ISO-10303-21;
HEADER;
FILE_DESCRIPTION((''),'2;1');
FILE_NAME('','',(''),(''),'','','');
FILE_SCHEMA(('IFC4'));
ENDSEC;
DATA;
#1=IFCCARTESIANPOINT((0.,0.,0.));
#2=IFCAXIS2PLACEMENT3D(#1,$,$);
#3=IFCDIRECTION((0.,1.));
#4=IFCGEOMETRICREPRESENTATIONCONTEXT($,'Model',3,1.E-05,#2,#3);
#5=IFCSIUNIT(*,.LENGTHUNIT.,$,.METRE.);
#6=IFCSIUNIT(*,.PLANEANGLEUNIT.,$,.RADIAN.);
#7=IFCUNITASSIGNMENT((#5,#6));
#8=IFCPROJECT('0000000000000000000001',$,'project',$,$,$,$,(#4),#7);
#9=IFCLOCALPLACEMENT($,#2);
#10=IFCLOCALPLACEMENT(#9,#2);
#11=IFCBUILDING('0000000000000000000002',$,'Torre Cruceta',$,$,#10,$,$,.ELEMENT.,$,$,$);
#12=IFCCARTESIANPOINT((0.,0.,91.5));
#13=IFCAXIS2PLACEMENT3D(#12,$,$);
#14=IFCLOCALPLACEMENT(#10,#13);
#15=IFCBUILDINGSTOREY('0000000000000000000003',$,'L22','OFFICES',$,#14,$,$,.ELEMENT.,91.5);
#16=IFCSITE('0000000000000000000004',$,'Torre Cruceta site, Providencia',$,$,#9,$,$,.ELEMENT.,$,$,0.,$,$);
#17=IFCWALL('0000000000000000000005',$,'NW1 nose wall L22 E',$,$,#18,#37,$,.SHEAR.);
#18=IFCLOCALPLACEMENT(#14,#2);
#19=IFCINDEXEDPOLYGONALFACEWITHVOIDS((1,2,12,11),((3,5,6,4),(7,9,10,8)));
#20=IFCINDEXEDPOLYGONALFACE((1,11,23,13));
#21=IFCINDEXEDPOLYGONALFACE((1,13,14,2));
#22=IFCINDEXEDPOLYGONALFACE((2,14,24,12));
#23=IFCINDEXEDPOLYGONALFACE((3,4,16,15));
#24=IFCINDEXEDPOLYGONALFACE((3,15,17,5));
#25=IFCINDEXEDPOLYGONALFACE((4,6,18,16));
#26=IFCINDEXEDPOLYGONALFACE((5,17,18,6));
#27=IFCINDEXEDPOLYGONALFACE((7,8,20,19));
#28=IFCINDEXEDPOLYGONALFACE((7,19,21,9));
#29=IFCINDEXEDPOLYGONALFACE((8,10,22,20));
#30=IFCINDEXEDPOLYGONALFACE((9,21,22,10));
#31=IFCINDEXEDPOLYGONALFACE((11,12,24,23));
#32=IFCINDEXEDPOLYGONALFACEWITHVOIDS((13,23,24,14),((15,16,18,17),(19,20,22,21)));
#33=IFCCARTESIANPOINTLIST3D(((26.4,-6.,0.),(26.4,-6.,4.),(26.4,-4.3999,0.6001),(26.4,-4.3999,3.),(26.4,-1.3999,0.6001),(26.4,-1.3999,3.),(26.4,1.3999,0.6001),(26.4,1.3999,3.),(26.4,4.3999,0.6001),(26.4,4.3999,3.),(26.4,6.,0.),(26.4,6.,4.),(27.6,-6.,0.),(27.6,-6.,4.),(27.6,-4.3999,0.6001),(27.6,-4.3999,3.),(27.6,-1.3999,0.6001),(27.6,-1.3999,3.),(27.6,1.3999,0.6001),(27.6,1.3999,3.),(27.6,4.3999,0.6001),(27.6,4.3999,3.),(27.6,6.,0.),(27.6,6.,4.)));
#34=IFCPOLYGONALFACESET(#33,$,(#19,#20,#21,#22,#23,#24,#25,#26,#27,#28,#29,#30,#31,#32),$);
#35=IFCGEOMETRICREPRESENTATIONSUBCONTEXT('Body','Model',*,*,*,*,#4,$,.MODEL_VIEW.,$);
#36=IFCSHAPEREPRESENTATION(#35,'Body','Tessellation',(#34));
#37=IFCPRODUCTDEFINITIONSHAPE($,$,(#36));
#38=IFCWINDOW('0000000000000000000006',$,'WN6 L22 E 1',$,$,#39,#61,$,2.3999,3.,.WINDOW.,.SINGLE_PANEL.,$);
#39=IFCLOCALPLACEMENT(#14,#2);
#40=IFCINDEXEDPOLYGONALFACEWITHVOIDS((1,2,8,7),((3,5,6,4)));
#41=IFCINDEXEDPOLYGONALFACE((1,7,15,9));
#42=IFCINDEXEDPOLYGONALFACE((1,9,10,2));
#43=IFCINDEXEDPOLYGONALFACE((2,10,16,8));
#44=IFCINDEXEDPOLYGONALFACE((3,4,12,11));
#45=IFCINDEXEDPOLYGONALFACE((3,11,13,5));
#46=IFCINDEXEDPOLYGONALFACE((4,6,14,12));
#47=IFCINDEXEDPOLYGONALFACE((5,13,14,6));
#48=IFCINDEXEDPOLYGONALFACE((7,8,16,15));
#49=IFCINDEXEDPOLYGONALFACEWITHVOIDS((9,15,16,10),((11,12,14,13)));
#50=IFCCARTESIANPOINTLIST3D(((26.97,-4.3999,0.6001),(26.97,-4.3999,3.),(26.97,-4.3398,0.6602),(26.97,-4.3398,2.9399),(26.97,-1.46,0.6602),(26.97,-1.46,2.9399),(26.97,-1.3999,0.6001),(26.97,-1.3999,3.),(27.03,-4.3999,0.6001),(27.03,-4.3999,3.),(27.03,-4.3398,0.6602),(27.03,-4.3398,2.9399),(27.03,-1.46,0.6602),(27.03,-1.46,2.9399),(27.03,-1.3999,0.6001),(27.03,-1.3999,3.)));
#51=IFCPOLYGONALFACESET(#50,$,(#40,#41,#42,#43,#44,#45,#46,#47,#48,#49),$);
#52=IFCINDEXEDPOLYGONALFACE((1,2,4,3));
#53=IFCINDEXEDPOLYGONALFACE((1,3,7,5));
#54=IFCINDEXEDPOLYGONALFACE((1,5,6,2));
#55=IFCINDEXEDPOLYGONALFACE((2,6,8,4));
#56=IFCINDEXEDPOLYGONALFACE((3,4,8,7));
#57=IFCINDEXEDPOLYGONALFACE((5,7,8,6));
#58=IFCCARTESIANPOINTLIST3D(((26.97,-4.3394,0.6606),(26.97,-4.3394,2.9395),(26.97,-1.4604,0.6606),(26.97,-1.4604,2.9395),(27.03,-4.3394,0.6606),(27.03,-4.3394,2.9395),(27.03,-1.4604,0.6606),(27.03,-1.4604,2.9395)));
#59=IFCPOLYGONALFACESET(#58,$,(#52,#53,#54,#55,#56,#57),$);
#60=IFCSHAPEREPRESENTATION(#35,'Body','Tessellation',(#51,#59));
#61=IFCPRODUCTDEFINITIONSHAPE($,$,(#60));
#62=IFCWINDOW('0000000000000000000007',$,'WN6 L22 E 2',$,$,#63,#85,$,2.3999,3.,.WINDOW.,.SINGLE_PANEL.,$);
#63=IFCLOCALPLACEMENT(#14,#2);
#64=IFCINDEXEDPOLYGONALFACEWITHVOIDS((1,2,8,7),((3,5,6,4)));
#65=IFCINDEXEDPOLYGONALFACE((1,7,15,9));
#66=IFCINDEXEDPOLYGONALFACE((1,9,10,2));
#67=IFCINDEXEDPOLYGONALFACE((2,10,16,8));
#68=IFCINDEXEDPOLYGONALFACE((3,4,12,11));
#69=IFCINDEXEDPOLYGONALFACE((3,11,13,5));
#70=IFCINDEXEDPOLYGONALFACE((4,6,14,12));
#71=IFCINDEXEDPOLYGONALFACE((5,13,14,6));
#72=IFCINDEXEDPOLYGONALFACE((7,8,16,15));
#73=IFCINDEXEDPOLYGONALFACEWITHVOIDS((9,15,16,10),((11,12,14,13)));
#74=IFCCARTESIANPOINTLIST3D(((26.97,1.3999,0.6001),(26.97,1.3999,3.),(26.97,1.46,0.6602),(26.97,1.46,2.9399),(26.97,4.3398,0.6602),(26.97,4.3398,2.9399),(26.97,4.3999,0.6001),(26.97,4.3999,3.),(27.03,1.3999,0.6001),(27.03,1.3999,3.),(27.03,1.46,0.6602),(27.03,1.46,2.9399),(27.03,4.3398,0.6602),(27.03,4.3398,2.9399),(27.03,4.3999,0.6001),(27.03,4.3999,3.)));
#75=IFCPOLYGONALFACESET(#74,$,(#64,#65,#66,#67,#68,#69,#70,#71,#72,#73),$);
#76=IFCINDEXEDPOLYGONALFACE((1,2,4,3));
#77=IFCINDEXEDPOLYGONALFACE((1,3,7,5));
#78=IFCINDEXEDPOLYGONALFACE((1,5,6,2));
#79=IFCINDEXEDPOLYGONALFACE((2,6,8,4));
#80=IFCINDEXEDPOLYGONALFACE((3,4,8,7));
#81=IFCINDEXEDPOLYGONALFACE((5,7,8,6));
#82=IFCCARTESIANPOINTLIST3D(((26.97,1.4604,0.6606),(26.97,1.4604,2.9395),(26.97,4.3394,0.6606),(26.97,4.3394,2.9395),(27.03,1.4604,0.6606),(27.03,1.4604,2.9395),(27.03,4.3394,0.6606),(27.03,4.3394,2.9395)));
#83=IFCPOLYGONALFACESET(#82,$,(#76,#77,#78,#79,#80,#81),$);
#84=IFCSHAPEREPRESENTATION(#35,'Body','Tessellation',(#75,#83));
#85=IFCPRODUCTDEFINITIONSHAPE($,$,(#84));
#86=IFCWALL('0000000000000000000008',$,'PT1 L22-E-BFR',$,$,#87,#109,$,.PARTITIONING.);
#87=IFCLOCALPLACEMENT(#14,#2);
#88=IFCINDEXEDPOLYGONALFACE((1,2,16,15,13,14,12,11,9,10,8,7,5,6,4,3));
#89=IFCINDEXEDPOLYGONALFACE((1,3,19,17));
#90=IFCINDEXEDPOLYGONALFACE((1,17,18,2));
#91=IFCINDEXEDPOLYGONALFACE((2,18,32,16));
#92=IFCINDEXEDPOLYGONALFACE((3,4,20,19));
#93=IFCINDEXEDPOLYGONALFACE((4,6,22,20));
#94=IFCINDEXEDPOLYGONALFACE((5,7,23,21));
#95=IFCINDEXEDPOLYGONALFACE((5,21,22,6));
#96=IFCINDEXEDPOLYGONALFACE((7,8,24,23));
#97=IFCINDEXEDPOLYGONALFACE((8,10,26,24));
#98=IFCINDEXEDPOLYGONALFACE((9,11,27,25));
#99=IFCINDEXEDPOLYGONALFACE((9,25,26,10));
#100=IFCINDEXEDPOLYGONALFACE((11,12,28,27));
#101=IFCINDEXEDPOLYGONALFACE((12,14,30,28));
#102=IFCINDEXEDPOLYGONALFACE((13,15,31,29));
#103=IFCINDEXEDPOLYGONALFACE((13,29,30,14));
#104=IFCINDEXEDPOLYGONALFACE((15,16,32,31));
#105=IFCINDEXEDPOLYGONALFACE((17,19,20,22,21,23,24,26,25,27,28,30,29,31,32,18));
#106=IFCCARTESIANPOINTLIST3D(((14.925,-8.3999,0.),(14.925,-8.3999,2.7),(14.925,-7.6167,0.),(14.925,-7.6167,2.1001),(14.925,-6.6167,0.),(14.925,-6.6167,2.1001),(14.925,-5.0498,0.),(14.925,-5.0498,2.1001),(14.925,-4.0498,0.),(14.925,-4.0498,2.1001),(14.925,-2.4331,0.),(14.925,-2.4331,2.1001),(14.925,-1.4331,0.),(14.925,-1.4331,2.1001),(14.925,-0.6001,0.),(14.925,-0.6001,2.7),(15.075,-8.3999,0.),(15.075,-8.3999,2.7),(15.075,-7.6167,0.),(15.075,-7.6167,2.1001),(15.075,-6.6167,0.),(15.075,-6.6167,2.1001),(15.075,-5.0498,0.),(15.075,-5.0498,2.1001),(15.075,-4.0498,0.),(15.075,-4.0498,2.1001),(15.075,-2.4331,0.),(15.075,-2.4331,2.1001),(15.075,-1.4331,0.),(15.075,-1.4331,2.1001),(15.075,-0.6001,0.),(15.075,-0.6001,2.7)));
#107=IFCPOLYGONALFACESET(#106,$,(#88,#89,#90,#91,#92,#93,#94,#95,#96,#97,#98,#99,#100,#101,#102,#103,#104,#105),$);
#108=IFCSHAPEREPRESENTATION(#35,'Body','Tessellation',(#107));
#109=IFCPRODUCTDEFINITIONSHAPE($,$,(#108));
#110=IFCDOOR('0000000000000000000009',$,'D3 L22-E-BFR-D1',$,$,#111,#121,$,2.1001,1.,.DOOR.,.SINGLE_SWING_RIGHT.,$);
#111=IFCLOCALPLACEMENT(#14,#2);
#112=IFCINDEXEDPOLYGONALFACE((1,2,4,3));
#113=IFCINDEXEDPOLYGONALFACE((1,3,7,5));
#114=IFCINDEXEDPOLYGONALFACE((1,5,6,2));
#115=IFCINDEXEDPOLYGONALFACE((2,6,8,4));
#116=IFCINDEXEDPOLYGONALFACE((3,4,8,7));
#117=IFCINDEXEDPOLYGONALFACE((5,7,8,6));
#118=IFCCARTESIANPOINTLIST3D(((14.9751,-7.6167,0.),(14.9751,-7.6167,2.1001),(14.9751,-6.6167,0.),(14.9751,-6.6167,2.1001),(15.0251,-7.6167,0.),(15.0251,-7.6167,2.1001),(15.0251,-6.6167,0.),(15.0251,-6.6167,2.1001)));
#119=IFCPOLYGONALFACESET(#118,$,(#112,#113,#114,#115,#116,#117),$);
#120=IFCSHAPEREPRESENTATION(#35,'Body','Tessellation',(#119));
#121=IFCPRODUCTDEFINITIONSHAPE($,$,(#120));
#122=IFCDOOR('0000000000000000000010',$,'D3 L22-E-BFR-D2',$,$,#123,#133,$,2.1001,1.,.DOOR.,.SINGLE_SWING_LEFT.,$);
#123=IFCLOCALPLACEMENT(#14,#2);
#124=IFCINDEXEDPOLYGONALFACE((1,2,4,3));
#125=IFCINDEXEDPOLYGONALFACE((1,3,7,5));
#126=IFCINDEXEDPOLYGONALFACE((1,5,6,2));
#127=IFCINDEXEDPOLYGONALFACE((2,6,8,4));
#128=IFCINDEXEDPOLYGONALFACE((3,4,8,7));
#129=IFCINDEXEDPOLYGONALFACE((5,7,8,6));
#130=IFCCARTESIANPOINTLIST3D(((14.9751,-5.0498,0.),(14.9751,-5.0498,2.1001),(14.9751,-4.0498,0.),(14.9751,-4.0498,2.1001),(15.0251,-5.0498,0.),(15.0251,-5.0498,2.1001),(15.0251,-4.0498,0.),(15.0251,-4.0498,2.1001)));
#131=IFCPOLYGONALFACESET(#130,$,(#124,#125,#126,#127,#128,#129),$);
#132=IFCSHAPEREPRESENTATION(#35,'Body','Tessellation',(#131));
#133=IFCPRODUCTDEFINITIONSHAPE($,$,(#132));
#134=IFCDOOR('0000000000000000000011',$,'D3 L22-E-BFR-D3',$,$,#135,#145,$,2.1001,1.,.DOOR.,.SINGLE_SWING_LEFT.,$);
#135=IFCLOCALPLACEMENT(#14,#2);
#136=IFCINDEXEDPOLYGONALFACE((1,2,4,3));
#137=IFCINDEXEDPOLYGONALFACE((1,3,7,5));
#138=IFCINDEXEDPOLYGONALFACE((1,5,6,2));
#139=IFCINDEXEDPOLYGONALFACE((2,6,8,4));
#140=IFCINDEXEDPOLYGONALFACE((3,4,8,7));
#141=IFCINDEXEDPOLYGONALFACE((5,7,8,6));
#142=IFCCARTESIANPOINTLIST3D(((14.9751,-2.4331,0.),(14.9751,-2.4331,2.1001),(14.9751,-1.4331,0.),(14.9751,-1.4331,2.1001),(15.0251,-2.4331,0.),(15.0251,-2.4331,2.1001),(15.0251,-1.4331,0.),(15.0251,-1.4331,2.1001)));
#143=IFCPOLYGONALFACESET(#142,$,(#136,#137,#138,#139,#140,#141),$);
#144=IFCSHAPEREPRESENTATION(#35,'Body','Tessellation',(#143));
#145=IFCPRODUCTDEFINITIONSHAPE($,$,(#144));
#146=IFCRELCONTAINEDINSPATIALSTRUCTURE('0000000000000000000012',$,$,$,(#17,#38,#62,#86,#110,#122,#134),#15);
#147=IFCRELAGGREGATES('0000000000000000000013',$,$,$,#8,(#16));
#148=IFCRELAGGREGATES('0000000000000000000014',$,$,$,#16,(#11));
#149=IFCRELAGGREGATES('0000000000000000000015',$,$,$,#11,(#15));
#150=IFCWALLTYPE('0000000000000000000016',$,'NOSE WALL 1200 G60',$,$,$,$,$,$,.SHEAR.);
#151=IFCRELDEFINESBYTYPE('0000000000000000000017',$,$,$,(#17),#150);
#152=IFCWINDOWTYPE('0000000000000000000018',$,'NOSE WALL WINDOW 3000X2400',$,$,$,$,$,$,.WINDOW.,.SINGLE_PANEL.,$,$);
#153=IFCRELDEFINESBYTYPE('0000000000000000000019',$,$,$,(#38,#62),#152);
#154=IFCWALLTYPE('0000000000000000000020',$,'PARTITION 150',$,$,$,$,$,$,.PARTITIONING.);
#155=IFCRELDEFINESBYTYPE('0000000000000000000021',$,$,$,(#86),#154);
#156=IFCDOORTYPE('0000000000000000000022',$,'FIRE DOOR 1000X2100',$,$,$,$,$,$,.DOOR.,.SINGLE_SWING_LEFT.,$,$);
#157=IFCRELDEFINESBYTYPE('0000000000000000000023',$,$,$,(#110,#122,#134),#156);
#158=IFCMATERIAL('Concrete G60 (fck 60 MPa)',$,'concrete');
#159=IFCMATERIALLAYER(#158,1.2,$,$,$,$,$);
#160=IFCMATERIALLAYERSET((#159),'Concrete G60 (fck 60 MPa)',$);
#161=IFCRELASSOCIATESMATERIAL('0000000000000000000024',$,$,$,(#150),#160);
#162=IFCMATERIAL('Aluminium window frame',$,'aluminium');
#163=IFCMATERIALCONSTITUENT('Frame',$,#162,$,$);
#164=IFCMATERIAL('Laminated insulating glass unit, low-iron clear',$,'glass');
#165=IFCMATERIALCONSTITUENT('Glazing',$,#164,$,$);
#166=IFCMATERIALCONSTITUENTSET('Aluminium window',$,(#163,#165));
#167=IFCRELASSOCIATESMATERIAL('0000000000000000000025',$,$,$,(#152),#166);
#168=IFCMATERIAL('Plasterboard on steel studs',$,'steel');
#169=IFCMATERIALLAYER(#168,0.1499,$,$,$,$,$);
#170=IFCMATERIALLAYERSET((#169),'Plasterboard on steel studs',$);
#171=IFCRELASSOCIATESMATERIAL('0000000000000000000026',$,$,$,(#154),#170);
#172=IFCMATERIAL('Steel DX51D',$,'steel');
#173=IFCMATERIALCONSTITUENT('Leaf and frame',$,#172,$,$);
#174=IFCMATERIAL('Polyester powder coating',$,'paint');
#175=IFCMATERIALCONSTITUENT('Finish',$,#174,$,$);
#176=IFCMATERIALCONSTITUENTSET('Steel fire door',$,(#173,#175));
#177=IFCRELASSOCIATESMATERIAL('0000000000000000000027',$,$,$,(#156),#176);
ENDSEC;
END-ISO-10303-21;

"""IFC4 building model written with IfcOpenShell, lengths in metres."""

from ifc_helpers import new_model, si_unit, direction, frame, frame_2d, origin, place, context, subcontext, project, spatial, rectangle, hollow_rectangle, extrude, material, layer, layer_set, constituent, constituent_set, type_object, element, fill, save


model = new_model("IFC4")

# Units and contexts
model_context = context("Model", 3, precision=1e-05, world=origin(), true_north=direction((0.0, 1.0)))
body_context = subcontext(model_context, "Body", "Model", "MODEL_VIEW")
ifc_project = project(units=[si_unit("LENGTHUNIT", "METRE"), si_unit("PLANEANGLEUNIT", "RADIAN")], contexts=[model_context])

# Site, building, storey
site_placement = place(None, origin())
site = spatial("IfcSite", under=ifc_project, at=site_placement, Name="Torre Cruceta site, Providencia", CompositionType="ELEMENT", RefElevation=0.0)
building_placement = place(site_placement, origin())
building = spatial("IfcBuilding", under=site, at=building_placement, Name="Torre Cruceta", CompositionType="ELEMENT")
storey_placement = place(building_placement, frame((0.0, 0.0, 91.5)))
storey = spatial("IfcBuildingStorey", under=building, at=storey_placement, Name="L22", Description="OFFICES", CompositionType="ELEMENT", Elevation=91.5)

# Wall, openings, windows
ifc_material_1 = material(Name="Concrete G60 (fck 60 MPa)", Category="concrete")
ifc_layer_1 = layer(ifc_material_1, 1.2)
ifc_layer_set_1 = layer_set([ifc_layer_1], Name="Concrete G60 (fck 60 MPa)")
wall_type_1 = type_object("IfcWallType", Name="NOSE WALL 1200 G60", PredefinedType="SHEAR", material=ifc_layer_set_1)
wall_1_placement = place(storey_placement, frame((27.0, -6.0, 0.0), z_axis=(0.0, 0.0, 1.0), x_axis=(0.0, 1.0, 0.0)))
wall_1 = element("IfcWall", 1, at=wall_1_placement, inside=storey, type_object=wall_type_1, Name="NW1 nose wall L22 E", PredefinedType="SHEAR", context=body_context, shape_type="SweptSolid", body=[
    extrude(rectangle(XDim=12.0, YDim=1.2, at=frame_2d((6.0, 0.0))), origin(), (0.0, 0.0, 1.0), 4.0),
])
opening_1_placement = place(wall_1_placement, frame((1.6001, 0.0, 0.6001)))
opening_1 = element("IfcOpeningElement", 2, at=opening_1_placement, cuts=wall_1, PredefinedType="OPENING", context=body_context, shape_type="SweptSolid", body=[
    extrude(rectangle(XDim=3.0, YDim=2.3999, at=frame_2d((1.5, 1.2))), frame((0.0, 0.6099, 0.0), z_axis=(0.0, -1.0, 0.0), x_axis=(1.0, 0.0, 0.0)), (0.0, 0.0, 1.0), 1.22),
])
opening_2_placement = place(wall_1_placement, frame((7.3999, 0.0, 0.6001)))
opening_2 = element("IfcOpeningElement", 3, at=opening_2_placement, cuts=wall_1, PredefinedType="OPENING", context=body_context, shape_type="SweptSolid", body=[
    extrude(rectangle(XDim=3.0, YDim=2.3999, at=frame_2d((1.5, 1.2))), frame((0.0, 0.6099, 0.0), z_axis=(0.0, -1.0, 0.0), x_axis=(1.0, 0.0, 0.0)), (0.0, 0.0, 1.0), 1.22),
])
ifc_material_2 = material(Name="Aluminium window frame", Category="aluminium")
ifc_constituent_1 = constituent(ifc_material_2, Name="Frame")
ifc_material_3 = material(Name="Laminated insulating glass unit, low-iron clear", Category="glass")
ifc_constituent_2 = constituent(ifc_material_3, Name="Glazing")
ifc_constituent_set_1 = constituent_set(constituents=[ifc_constituent_1, ifc_constituent_2], Name="Aluminium window")
window_type = type_object("IfcWindowType", Name="NOSE WALL WINDOW 3000X2400", PartitioningType="SINGLE_PANEL", PredefinedType="WINDOW", material=ifc_constituent_set_1)
window_1_placement = place(opening_1_placement, origin())
window_1 = element("IfcWindow", 4, at=window_1_placement, inside=storey, type_object=window_type, Name="WN6 L22 E 1", OverallHeight=2.3999, OverallWidth=3.0, PartitioningType="SINGLE_PANEL", PredefinedType="WINDOW", context=body_context, shape_type="SweptSolid", body=[
    extrude(hollow_rectangle(XDim=3.0, YDim=2.3999, WallThickness=0.0601, at=frame_2d((1.5, 1.2))), frame((0.0, 0.03, 0.0), z_axis=(0.0, -1.0, 0.0), x_axis=(1.0, 0.0, 0.0)), (0.0, 0.0, 1.0), 0.0601),
    extrude(rectangle(XDim=2.8789, YDim=2.2788, at=frame_2d((1.5, 1.2))), frame((0.0, 0.03, 0.0), z_axis=(0.0, -1.0, 0.0), x_axis=(1.0, 0.0, 0.0)), (0.0, 0.0, 1.0), 0.0601),
])
fill(opening_1, window_1)
window_2_placement = place(opening_2_placement, origin())
window_2 = element("IfcWindow", 5, at=window_2_placement, inside=storey, type_object=window_type, Name="WN6 L22 E 2", OverallHeight=2.3999, OverallWidth=3.0, PartitioningType="SINGLE_PANEL", PredefinedType="WINDOW", context=body_context, shape_type="SweptSolid", body=[
    extrude(hollow_rectangle(XDim=3.0, YDim=2.3999, WallThickness=0.0601, at=frame_2d((1.5, 1.2))), frame((0.0, 0.03, 0.0), z_axis=(0.0, -1.0, 0.0), x_axis=(1.0, 0.0, 0.0)), (0.0, 0.0, 1.0), 0.0601),
    extrude(rectangle(XDim=2.8789, YDim=2.2788, at=frame_2d((1.5, 1.2))), frame((0.0, 0.03, 0.0), z_axis=(0.0, -1.0, 0.0), x_axis=(1.0, 0.0, 0.0)), (0.0, 0.0, 1.0), 0.0601),
])
fill(opening_2, window_2)

# Wall, openings, doors
ifc_material_4 = material(Name="Plasterboard on steel studs", Category="steel")
ifc_layer_2 = layer(ifc_material_4, 0.1499)
ifc_layer_set_2 = layer_set([ifc_layer_2], Name="Plasterboard on steel studs")
wall_type_2 = type_object("IfcWallType", Name="PARTITION 150", PredefinedType="PARTITIONING", material=ifc_layer_set_2)
wall_2_placement = place(storey_placement, frame((15.0, -8.3999, 0.0), z_axis=(0.0, 0.0, 1.0), x_axis=(0.0, 1.0, 0.0)))
wall_2 = element("IfcWall", 6, at=wall_2_placement, inside=storey, type_object=wall_type_2, Name="PT1 L22-E-BFR", PredefinedType="PARTITIONING", context=body_context, shape_type="SweptSolid", body=[
    extrude(rectangle(XDim=7.7998, YDim=0.1499, at=frame_2d((3.8999, 0.0))), origin(), (0.0, 0.0, 1.0), 2.7),
])
opening_3_placement = place(wall_2_placement, frame((0.7832, 0.0, 0.0)))
opening_3 = element("IfcOpeningElement", 7, at=opening_3_placement, cuts=wall_2, PredefinedType="OPENING", context=body_context, shape_type="SweptSolid", body=[
    extrude(rectangle(XDim=1.0, YDim=2.1001, at=frame_2d((0.5, 1.05))), frame((0.0, 0.085, 0.0), z_axis=(0.0, -1.0, 0.0), x_axis=(1.0, 0.0, 0.0)), (0.0, 0.0, 1.0), 0.1699),
])
opening_4_placement = place(wall_2_placement, frame((3.3501, 0.0, 0.0)))
opening_4 = element("IfcOpeningElement", 8, at=opening_4_placement, cuts=wall_2, PredefinedType="OPENING", context=body_context, shape_type="SweptSolid", body=[
    extrude(rectangle(XDim=1.0, YDim=2.1001, at=frame_2d((0.5, 1.05))), frame((0.0, 0.085, 0.0), z_axis=(0.0, -1.0, 0.0), x_axis=(1.0, 0.0, 0.0)), (0.0, 0.0, 1.0), 0.1699),
])
opening_5_placement = place(wall_2_placement, frame((5.9668, 0.0, 0.0)))
opening_5 = element("IfcOpeningElement", 9, at=opening_5_placement, cuts=wall_2, PredefinedType="OPENING", context=body_context, shape_type="SweptSolid", body=[
    extrude(rectangle(XDim=1.0, YDim=2.1001, at=frame_2d((0.5, 1.05))), frame((0.0, 0.085, 0.0), z_axis=(0.0, -1.0, 0.0), x_axis=(1.0, 0.0, 0.0)), (0.0, 0.0, 1.0), 0.1699),
])
ifc_material_5 = material(Name="Steel DX51D", Category="steel")
ifc_constituent_3 = constituent(ifc_material_5, Name="Leaf and frame")
ifc_material_6 = material(Name="Polyester powder coating", Category="paint")
ifc_constituent_4 = constituent(ifc_material_6, Name="Finish")
ifc_constituent_set_2 = constituent_set(constituents=[ifc_constituent_3, ifc_constituent_4], Name="Steel fire door")
door_type = type_object("IfcDoorType", Name="FIRE DOOR 1000X2100", OperationType="SINGLE_SWING_LEFT", PredefinedType="DOOR", material=ifc_constituent_set_2)
door_1_placement = place(opening_3_placement, origin())
door_1 = element("IfcDoor", 10, at=door_1_placement, inside=storey, type_object=door_type, Name="D3 L22-E-BFR-D1", OperationType="SINGLE_SWING_RIGHT", OverallHeight=2.1001, OverallWidth=1.0, PredefinedType="DOOR", context=body_context, shape_type="SweptSolid", body=[
    extrude(rectangle(XDim=1.0, YDim=2.1001, at=frame_2d((0.5, 1.05))), frame((0.0, 0.0249, 0.0), z_axis=(0.0, -1.0, 0.0), x_axis=(1.0, 0.0, 0.0)), (0.0, 0.0, 1.0), 0.05),
])
fill(opening_3, door_1)
door_2_placement = place(opening_4_placement, origin())
door_2 = element("IfcDoor", 11, at=door_2_placement, inside=storey, type_object=door_type, Name="D3 L22-E-BFR-D2", OperationType="SINGLE_SWING_LEFT", OverallHeight=2.1001, OverallWidth=1.0, PredefinedType="DOOR", context=body_context, shape_type="SweptSolid", body=[
    extrude(rectangle(XDim=1.0, YDim=2.1001, at=frame_2d((0.5, 1.05))), frame((0.0, 0.0249, 0.0), z_axis=(0.0, -1.0, 0.0), x_axis=(1.0, 0.0, 0.0)), (0.0, 0.0, 1.0), 0.05),
])
fill(opening_4, door_2)
door_3_placement = place(opening_5_placement, origin())
door_3 = element("IfcDoor", 12, at=door_3_placement, inside=storey, type_object=door_type, Name="D3 L22-E-BFR-D3", OperationType="SINGLE_SWING_LEFT", OverallHeight=2.1001, OverallWidth=1.0, PredefinedType="DOOR", context=body_context, shape_type="SweptSolid", body=[
    extrude(rectangle(XDim=1.0, YDim=2.1001, at=frame_2d((0.5, 1.05))), frame((0.0, 0.0249, 0.0), z_axis=(0.0, -1.0, 0.0), x_axis=(1.0, 0.0, 0.0)), (0.0, 0.0, 1.0), 0.05),
])
fill(opening_5, door_3)

save(model, "model.ifc")
